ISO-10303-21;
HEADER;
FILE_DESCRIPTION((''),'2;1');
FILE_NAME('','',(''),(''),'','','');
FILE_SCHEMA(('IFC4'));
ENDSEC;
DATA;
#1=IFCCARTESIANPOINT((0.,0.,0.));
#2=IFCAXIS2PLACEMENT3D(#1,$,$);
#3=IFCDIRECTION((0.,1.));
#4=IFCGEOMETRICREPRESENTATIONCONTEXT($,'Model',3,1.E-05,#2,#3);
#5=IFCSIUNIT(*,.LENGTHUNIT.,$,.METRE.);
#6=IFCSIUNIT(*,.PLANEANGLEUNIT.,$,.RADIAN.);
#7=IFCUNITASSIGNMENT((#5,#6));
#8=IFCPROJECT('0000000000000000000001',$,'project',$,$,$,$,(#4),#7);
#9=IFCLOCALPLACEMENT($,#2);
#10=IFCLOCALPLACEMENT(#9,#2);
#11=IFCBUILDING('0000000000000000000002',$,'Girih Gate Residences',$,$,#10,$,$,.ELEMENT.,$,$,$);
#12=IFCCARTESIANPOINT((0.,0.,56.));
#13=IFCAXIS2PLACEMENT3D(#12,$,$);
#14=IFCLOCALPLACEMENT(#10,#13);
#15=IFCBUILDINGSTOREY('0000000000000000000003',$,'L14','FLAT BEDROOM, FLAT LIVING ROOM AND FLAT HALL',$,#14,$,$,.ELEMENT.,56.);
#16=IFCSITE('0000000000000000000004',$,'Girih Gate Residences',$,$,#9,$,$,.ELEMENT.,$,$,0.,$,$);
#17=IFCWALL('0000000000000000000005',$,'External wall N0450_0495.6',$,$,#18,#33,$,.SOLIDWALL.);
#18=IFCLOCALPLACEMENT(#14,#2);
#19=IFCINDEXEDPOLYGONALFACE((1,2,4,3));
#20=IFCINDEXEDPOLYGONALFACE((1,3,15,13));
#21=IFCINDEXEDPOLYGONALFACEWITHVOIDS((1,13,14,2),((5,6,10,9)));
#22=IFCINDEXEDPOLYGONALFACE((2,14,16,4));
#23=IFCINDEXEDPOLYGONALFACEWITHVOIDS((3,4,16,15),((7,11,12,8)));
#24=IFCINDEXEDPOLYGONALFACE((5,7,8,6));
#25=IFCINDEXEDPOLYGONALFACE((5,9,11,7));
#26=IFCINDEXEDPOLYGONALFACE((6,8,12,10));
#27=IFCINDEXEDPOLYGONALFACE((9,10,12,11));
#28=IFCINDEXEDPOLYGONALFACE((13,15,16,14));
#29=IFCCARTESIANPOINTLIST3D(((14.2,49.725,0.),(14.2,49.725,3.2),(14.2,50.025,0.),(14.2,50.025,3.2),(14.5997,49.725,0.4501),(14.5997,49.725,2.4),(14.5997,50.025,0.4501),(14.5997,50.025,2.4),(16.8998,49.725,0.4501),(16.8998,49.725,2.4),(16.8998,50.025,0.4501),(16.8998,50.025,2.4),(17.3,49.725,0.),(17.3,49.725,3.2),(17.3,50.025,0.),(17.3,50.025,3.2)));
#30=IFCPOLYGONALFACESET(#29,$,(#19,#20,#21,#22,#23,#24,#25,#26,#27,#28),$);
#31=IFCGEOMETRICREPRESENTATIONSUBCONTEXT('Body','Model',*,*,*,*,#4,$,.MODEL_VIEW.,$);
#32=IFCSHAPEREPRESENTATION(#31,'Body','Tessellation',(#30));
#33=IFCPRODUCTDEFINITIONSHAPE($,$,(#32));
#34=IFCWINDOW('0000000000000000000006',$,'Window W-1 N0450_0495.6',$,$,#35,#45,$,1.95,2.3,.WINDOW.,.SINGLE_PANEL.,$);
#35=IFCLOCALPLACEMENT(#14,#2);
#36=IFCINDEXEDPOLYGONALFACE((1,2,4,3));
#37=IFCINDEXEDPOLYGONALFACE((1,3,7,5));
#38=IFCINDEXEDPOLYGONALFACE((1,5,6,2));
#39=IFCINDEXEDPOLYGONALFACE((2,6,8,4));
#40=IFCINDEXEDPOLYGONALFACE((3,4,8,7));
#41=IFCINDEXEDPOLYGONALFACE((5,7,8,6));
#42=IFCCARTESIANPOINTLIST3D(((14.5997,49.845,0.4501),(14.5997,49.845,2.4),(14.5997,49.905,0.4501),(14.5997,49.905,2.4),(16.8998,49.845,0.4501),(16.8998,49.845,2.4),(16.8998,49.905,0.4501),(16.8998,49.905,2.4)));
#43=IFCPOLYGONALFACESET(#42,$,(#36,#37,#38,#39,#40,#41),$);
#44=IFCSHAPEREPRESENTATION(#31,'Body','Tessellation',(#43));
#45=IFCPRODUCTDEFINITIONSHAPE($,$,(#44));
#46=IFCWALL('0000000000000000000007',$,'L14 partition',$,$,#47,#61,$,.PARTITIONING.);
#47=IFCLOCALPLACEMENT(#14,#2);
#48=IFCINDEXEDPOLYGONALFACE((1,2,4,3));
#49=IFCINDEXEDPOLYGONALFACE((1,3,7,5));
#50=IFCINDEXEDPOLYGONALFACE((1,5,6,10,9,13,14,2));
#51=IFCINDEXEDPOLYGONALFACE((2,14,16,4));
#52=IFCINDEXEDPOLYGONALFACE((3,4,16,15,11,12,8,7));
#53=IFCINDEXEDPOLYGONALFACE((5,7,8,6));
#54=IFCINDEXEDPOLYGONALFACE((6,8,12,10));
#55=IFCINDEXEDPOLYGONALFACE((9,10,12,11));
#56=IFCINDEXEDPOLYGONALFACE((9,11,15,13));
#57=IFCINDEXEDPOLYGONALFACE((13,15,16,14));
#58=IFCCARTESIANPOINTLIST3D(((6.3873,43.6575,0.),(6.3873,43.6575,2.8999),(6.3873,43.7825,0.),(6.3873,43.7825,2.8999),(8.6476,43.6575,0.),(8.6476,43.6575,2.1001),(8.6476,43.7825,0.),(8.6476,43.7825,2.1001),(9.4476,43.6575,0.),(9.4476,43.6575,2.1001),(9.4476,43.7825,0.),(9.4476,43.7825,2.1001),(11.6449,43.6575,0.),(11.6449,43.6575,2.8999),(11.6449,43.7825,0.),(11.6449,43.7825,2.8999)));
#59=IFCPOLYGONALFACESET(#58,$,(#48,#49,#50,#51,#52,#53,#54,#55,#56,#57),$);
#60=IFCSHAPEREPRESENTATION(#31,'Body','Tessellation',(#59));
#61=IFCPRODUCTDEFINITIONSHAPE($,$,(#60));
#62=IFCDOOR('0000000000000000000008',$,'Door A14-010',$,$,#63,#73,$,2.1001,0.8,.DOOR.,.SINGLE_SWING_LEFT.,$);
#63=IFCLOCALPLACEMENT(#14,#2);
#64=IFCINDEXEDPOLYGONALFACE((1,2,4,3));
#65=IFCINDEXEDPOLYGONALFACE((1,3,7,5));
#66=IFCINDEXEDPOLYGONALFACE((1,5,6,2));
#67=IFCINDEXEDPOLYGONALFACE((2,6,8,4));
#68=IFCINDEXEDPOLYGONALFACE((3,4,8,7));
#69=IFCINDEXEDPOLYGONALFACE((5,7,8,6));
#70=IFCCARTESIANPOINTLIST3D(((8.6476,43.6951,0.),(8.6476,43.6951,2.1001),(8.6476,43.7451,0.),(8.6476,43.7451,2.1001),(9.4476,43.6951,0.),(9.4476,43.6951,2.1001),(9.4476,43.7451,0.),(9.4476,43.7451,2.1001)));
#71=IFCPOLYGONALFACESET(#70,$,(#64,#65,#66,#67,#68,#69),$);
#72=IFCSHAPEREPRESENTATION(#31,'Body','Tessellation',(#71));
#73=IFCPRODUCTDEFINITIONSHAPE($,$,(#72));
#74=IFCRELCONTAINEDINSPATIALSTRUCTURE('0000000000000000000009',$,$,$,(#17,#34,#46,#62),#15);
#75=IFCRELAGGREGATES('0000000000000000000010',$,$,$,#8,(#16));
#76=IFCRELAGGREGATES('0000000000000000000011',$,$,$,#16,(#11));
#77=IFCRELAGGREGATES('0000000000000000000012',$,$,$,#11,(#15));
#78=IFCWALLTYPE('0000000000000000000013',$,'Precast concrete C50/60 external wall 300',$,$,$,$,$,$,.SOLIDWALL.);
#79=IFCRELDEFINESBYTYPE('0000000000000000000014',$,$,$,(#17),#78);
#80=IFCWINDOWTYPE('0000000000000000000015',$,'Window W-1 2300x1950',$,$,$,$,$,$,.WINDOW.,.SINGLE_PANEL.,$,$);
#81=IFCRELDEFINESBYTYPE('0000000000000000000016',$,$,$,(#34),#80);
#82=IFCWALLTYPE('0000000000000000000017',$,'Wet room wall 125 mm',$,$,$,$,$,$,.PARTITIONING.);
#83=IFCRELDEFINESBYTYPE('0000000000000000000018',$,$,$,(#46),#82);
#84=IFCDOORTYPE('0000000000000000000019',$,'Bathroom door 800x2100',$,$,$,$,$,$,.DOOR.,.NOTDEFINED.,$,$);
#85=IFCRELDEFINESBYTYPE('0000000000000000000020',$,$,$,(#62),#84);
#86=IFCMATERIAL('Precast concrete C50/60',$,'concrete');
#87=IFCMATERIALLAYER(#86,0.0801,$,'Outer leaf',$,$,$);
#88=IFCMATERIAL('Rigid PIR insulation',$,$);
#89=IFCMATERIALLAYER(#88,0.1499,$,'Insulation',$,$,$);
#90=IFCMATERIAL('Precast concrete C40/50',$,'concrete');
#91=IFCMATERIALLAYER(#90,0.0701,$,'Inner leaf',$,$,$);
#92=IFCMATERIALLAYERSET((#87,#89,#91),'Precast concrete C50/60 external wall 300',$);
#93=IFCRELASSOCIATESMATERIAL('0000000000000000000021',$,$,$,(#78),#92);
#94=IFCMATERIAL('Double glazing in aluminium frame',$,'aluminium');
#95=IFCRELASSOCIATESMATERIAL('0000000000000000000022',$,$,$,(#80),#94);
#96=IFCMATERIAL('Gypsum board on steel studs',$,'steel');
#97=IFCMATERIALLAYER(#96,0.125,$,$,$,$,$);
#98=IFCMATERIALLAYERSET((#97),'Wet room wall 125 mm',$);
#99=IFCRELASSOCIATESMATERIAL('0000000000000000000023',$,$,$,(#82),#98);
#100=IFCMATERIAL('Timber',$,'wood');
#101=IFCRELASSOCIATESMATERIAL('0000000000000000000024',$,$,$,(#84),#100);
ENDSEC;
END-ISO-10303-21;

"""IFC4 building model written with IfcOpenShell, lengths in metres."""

from ifc_helpers import new_model, si_unit, direction, frame, frame_2d, origin, place, context, subcontext, project, spatial, rectangle, extrude, material, layer, layer_set, type_object, element, fill, save


model = new_model("IFC4")

# Units and contexts
model_context = context("Model", 3, precision=1e-05, world=origin(), true_north=direction((0.0, 1.0)))
body_context = subcontext(model_context, "Body", "Model", "MODEL_VIEW")
ifc_project = project(units=[si_unit("LENGTHUNIT", "METRE"), si_unit("PLANEANGLEUNIT", "RADIAN")], contexts=[model_context])

# Site, building, storey
site_placement = place(None, origin())
site = spatial("IfcSite", under=ifc_project, at=site_placement, Name="Girih Gate Residences", CompositionType="ELEMENT", RefElevation=0.0)
building_placement = place(site_placement, origin())
building = spatial("IfcBuilding", under=site, at=building_placement, Name="Girih Gate Residences", CompositionType="ELEMENT")
storey_placement = place(building_placement, frame((0.0, 0.0, 56.0)))
storey = spatial("IfcBuildingStorey", under=building, at=storey_placement, Name="L14", Description="FLAT BEDROOM, FLAT LIVING ROOM AND FLAT HALL", CompositionType="ELEMENT", Elevation=56.0)

# Shared definitions
ifc_material_1 = material(Name="Gypsum board on steel studs", Category="steel")

# Shared definitions
ifc_material_2 = material(Name="Timber", Category="wood")

# Wall, opening, window
ifc_material_3 = material(Name="Precast concrete C50/60", Category="concrete")
ifc_layer_1 = layer(ifc_material_3, 0.0801, Name="Outer leaf")
ifc_material_4 = material(Name="Rigid PIR insulation")
ifc_layer_2 = layer(ifc_material_4, 0.1499, Name="Insulation")
ifc_material_5 = material(Name="Precast concrete C40/50", Category="concrete")
ifc_layer_3 = layer(ifc_material_5, 0.0701, Name="Inner leaf")
ifc_layer_set_1 = layer_set([ifc_layer_1, ifc_layer_2, ifc_layer_3], Name="Precast concrete C50/60 external wall 300")
wall_type_1 = type_object("IfcWallType", Name="Precast concrete C50/60 external wall 300", PredefinedType="SOLIDWALL", material=ifc_layer_set_1)
wall_1_placement = place(storey_placement, frame((14.2, 49.875, 0.0), z_axis=(0.0, 0.0, 1.0), x_axis=(1.0, 0.0, 0.0)))
wall_1 = element("IfcWall", 1, at=wall_1_placement, inside=storey, type_object=wall_type_1, Name="External wall N0450_0495.6", PredefinedType="SOLIDWALL", context=body_context, shape_type="SweptSolid", body=[
    extrude(rectangle(XDim=3.1001, YDim=0.3, at=frame_2d((1.55, 0.0))), origin(), (0.0, 0.0, 1.0), 3.2),
])
opening_1_placement = place(wall_1_placement, frame((0.3999, 0.0, 0.45)))
opening_1 = element("IfcOpeningElement", 2, at=opening_1_placement, cuts=wall_1, PredefinedType="OPENING", context=body_context, shape_type="SweptSolid", body=[
    extrude(rectangle(XDim=2.3, YDim=1.95, at=frame_2d((1.1499, 0.9751))), frame((0.0, 0.1599, 0.0), z_axis=(0.0, -1.0, 0.0), x_axis=(1.0, 0.0, 0.0)), (0.0, 0.0, 1.0), 0.3201),
])
ifc_material_6 = material(Name="Double glazing in aluminium frame", Category="aluminium")
window_type = type_object("IfcWindowType", Name="Window W-1 2300x1950", PartitioningType="SINGLE_PANEL", PredefinedType="WINDOW", material=ifc_material_6)
window_placement = place(opening_1_placement, origin())
window = element("IfcWindow", 3, at=window_placement, inside=storey, type_object=window_type, Name="Window W-1 N0450_0495.6", OverallHeight=1.95, OverallWidth=2.3, PartitioningType="SINGLE_PANEL", PredefinedType="WINDOW", context=body_context, shape_type="SweptSolid", body=[
    extrude(rectangle(XDim=2.3, YDim=1.95, at=frame_2d((1.1499, 0.9751))), frame((0.0, 0.03, 0.0), z_axis=(0.0, -1.0, 0.0), x_axis=(1.0, 0.0, 0.0)), (0.0, 0.0, 1.0), 0.0601),
])
fill(opening_1, window)

# Wall, opening, door
ifc_layer_4 = layer(ifc_material_1, 0.125)
ifc_layer_set_2 = layer_set([ifc_layer_4], Name="Wet room wall 125 mm")
wall_type_2 = type_object("IfcWallType", Name="Wet room wall 125 mm", PredefinedType="PARTITIONING", material=ifc_layer_set_2)
wall_2_placement = place(storey_placement, frame((11.645, 43.72, 0.0), z_axis=(0.0, 0.0, 1.0), x_axis=(-1.0, 0.0, 0.0)))
wall_2 = element("IfcWall", 4, at=wall_2_placement, inside=storey, type_object=wall_type_2, Name="L14 partition", PredefinedType="PARTITIONING", context=body_context, shape_type="SweptSolid", body=[
    extrude(rectangle(XDim=5.2576, YDim=0.125, at=frame_2d((2.6289, 0.0))), origin(), (0.0, 0.0, 1.0), 2.8999),
])
opening_2_placement = place(wall_2_placement, frame((2.1975, 0.0, 0.0)))
opening_2 = element("IfcOpeningElement", 5, at=opening_2_placement, cuts=wall_2, PredefinedType="OPENING", context=body_context, shape_type="SweptSolid", body=[
    extrude(rectangle(XDim=0.8, YDim=2.1001, at=frame_2d((0.3999, 1.05))), frame((0.0, 0.0725, 0.0), z_axis=(0.0, -1.0, 0.0), x_axis=(1.0, 0.0, 0.0)), (0.0, 0.0, 1.0), 0.145),
])
door_type_1 = type_object("IfcDoorType", Name="Bathroom door 800x2100", OperationType="NOTDEFINED", PredefinedType="DOOR", material=ifc_material_2)
door_1_placement = place(opening_2_placement, origin())
door_1 = element("IfcDoor", 6, at=door_1_placement, inside=storey, type_object=door_type_1, Name="Door A14-010", OperationType="SINGLE_SWING_LEFT", OverallHeight=2.1001, OverallWidth=0.8, PredefinedType="DOOR", context=body_context, shape_type="SweptSolid", body=[
    extrude(rectangle(XDim=0.8, YDim=2.1001, at=frame_2d((0.3999, 1.05))), frame((0.0, 0.0249, 0.0), z_axis=(0.0, -1.0, 0.0), x_axis=(1.0, 0.0, 0.0)), (0.0, 0.0, 1.0), 0.05),
])
fill(opening_2, door_1)

save(model, "model.ifc")
